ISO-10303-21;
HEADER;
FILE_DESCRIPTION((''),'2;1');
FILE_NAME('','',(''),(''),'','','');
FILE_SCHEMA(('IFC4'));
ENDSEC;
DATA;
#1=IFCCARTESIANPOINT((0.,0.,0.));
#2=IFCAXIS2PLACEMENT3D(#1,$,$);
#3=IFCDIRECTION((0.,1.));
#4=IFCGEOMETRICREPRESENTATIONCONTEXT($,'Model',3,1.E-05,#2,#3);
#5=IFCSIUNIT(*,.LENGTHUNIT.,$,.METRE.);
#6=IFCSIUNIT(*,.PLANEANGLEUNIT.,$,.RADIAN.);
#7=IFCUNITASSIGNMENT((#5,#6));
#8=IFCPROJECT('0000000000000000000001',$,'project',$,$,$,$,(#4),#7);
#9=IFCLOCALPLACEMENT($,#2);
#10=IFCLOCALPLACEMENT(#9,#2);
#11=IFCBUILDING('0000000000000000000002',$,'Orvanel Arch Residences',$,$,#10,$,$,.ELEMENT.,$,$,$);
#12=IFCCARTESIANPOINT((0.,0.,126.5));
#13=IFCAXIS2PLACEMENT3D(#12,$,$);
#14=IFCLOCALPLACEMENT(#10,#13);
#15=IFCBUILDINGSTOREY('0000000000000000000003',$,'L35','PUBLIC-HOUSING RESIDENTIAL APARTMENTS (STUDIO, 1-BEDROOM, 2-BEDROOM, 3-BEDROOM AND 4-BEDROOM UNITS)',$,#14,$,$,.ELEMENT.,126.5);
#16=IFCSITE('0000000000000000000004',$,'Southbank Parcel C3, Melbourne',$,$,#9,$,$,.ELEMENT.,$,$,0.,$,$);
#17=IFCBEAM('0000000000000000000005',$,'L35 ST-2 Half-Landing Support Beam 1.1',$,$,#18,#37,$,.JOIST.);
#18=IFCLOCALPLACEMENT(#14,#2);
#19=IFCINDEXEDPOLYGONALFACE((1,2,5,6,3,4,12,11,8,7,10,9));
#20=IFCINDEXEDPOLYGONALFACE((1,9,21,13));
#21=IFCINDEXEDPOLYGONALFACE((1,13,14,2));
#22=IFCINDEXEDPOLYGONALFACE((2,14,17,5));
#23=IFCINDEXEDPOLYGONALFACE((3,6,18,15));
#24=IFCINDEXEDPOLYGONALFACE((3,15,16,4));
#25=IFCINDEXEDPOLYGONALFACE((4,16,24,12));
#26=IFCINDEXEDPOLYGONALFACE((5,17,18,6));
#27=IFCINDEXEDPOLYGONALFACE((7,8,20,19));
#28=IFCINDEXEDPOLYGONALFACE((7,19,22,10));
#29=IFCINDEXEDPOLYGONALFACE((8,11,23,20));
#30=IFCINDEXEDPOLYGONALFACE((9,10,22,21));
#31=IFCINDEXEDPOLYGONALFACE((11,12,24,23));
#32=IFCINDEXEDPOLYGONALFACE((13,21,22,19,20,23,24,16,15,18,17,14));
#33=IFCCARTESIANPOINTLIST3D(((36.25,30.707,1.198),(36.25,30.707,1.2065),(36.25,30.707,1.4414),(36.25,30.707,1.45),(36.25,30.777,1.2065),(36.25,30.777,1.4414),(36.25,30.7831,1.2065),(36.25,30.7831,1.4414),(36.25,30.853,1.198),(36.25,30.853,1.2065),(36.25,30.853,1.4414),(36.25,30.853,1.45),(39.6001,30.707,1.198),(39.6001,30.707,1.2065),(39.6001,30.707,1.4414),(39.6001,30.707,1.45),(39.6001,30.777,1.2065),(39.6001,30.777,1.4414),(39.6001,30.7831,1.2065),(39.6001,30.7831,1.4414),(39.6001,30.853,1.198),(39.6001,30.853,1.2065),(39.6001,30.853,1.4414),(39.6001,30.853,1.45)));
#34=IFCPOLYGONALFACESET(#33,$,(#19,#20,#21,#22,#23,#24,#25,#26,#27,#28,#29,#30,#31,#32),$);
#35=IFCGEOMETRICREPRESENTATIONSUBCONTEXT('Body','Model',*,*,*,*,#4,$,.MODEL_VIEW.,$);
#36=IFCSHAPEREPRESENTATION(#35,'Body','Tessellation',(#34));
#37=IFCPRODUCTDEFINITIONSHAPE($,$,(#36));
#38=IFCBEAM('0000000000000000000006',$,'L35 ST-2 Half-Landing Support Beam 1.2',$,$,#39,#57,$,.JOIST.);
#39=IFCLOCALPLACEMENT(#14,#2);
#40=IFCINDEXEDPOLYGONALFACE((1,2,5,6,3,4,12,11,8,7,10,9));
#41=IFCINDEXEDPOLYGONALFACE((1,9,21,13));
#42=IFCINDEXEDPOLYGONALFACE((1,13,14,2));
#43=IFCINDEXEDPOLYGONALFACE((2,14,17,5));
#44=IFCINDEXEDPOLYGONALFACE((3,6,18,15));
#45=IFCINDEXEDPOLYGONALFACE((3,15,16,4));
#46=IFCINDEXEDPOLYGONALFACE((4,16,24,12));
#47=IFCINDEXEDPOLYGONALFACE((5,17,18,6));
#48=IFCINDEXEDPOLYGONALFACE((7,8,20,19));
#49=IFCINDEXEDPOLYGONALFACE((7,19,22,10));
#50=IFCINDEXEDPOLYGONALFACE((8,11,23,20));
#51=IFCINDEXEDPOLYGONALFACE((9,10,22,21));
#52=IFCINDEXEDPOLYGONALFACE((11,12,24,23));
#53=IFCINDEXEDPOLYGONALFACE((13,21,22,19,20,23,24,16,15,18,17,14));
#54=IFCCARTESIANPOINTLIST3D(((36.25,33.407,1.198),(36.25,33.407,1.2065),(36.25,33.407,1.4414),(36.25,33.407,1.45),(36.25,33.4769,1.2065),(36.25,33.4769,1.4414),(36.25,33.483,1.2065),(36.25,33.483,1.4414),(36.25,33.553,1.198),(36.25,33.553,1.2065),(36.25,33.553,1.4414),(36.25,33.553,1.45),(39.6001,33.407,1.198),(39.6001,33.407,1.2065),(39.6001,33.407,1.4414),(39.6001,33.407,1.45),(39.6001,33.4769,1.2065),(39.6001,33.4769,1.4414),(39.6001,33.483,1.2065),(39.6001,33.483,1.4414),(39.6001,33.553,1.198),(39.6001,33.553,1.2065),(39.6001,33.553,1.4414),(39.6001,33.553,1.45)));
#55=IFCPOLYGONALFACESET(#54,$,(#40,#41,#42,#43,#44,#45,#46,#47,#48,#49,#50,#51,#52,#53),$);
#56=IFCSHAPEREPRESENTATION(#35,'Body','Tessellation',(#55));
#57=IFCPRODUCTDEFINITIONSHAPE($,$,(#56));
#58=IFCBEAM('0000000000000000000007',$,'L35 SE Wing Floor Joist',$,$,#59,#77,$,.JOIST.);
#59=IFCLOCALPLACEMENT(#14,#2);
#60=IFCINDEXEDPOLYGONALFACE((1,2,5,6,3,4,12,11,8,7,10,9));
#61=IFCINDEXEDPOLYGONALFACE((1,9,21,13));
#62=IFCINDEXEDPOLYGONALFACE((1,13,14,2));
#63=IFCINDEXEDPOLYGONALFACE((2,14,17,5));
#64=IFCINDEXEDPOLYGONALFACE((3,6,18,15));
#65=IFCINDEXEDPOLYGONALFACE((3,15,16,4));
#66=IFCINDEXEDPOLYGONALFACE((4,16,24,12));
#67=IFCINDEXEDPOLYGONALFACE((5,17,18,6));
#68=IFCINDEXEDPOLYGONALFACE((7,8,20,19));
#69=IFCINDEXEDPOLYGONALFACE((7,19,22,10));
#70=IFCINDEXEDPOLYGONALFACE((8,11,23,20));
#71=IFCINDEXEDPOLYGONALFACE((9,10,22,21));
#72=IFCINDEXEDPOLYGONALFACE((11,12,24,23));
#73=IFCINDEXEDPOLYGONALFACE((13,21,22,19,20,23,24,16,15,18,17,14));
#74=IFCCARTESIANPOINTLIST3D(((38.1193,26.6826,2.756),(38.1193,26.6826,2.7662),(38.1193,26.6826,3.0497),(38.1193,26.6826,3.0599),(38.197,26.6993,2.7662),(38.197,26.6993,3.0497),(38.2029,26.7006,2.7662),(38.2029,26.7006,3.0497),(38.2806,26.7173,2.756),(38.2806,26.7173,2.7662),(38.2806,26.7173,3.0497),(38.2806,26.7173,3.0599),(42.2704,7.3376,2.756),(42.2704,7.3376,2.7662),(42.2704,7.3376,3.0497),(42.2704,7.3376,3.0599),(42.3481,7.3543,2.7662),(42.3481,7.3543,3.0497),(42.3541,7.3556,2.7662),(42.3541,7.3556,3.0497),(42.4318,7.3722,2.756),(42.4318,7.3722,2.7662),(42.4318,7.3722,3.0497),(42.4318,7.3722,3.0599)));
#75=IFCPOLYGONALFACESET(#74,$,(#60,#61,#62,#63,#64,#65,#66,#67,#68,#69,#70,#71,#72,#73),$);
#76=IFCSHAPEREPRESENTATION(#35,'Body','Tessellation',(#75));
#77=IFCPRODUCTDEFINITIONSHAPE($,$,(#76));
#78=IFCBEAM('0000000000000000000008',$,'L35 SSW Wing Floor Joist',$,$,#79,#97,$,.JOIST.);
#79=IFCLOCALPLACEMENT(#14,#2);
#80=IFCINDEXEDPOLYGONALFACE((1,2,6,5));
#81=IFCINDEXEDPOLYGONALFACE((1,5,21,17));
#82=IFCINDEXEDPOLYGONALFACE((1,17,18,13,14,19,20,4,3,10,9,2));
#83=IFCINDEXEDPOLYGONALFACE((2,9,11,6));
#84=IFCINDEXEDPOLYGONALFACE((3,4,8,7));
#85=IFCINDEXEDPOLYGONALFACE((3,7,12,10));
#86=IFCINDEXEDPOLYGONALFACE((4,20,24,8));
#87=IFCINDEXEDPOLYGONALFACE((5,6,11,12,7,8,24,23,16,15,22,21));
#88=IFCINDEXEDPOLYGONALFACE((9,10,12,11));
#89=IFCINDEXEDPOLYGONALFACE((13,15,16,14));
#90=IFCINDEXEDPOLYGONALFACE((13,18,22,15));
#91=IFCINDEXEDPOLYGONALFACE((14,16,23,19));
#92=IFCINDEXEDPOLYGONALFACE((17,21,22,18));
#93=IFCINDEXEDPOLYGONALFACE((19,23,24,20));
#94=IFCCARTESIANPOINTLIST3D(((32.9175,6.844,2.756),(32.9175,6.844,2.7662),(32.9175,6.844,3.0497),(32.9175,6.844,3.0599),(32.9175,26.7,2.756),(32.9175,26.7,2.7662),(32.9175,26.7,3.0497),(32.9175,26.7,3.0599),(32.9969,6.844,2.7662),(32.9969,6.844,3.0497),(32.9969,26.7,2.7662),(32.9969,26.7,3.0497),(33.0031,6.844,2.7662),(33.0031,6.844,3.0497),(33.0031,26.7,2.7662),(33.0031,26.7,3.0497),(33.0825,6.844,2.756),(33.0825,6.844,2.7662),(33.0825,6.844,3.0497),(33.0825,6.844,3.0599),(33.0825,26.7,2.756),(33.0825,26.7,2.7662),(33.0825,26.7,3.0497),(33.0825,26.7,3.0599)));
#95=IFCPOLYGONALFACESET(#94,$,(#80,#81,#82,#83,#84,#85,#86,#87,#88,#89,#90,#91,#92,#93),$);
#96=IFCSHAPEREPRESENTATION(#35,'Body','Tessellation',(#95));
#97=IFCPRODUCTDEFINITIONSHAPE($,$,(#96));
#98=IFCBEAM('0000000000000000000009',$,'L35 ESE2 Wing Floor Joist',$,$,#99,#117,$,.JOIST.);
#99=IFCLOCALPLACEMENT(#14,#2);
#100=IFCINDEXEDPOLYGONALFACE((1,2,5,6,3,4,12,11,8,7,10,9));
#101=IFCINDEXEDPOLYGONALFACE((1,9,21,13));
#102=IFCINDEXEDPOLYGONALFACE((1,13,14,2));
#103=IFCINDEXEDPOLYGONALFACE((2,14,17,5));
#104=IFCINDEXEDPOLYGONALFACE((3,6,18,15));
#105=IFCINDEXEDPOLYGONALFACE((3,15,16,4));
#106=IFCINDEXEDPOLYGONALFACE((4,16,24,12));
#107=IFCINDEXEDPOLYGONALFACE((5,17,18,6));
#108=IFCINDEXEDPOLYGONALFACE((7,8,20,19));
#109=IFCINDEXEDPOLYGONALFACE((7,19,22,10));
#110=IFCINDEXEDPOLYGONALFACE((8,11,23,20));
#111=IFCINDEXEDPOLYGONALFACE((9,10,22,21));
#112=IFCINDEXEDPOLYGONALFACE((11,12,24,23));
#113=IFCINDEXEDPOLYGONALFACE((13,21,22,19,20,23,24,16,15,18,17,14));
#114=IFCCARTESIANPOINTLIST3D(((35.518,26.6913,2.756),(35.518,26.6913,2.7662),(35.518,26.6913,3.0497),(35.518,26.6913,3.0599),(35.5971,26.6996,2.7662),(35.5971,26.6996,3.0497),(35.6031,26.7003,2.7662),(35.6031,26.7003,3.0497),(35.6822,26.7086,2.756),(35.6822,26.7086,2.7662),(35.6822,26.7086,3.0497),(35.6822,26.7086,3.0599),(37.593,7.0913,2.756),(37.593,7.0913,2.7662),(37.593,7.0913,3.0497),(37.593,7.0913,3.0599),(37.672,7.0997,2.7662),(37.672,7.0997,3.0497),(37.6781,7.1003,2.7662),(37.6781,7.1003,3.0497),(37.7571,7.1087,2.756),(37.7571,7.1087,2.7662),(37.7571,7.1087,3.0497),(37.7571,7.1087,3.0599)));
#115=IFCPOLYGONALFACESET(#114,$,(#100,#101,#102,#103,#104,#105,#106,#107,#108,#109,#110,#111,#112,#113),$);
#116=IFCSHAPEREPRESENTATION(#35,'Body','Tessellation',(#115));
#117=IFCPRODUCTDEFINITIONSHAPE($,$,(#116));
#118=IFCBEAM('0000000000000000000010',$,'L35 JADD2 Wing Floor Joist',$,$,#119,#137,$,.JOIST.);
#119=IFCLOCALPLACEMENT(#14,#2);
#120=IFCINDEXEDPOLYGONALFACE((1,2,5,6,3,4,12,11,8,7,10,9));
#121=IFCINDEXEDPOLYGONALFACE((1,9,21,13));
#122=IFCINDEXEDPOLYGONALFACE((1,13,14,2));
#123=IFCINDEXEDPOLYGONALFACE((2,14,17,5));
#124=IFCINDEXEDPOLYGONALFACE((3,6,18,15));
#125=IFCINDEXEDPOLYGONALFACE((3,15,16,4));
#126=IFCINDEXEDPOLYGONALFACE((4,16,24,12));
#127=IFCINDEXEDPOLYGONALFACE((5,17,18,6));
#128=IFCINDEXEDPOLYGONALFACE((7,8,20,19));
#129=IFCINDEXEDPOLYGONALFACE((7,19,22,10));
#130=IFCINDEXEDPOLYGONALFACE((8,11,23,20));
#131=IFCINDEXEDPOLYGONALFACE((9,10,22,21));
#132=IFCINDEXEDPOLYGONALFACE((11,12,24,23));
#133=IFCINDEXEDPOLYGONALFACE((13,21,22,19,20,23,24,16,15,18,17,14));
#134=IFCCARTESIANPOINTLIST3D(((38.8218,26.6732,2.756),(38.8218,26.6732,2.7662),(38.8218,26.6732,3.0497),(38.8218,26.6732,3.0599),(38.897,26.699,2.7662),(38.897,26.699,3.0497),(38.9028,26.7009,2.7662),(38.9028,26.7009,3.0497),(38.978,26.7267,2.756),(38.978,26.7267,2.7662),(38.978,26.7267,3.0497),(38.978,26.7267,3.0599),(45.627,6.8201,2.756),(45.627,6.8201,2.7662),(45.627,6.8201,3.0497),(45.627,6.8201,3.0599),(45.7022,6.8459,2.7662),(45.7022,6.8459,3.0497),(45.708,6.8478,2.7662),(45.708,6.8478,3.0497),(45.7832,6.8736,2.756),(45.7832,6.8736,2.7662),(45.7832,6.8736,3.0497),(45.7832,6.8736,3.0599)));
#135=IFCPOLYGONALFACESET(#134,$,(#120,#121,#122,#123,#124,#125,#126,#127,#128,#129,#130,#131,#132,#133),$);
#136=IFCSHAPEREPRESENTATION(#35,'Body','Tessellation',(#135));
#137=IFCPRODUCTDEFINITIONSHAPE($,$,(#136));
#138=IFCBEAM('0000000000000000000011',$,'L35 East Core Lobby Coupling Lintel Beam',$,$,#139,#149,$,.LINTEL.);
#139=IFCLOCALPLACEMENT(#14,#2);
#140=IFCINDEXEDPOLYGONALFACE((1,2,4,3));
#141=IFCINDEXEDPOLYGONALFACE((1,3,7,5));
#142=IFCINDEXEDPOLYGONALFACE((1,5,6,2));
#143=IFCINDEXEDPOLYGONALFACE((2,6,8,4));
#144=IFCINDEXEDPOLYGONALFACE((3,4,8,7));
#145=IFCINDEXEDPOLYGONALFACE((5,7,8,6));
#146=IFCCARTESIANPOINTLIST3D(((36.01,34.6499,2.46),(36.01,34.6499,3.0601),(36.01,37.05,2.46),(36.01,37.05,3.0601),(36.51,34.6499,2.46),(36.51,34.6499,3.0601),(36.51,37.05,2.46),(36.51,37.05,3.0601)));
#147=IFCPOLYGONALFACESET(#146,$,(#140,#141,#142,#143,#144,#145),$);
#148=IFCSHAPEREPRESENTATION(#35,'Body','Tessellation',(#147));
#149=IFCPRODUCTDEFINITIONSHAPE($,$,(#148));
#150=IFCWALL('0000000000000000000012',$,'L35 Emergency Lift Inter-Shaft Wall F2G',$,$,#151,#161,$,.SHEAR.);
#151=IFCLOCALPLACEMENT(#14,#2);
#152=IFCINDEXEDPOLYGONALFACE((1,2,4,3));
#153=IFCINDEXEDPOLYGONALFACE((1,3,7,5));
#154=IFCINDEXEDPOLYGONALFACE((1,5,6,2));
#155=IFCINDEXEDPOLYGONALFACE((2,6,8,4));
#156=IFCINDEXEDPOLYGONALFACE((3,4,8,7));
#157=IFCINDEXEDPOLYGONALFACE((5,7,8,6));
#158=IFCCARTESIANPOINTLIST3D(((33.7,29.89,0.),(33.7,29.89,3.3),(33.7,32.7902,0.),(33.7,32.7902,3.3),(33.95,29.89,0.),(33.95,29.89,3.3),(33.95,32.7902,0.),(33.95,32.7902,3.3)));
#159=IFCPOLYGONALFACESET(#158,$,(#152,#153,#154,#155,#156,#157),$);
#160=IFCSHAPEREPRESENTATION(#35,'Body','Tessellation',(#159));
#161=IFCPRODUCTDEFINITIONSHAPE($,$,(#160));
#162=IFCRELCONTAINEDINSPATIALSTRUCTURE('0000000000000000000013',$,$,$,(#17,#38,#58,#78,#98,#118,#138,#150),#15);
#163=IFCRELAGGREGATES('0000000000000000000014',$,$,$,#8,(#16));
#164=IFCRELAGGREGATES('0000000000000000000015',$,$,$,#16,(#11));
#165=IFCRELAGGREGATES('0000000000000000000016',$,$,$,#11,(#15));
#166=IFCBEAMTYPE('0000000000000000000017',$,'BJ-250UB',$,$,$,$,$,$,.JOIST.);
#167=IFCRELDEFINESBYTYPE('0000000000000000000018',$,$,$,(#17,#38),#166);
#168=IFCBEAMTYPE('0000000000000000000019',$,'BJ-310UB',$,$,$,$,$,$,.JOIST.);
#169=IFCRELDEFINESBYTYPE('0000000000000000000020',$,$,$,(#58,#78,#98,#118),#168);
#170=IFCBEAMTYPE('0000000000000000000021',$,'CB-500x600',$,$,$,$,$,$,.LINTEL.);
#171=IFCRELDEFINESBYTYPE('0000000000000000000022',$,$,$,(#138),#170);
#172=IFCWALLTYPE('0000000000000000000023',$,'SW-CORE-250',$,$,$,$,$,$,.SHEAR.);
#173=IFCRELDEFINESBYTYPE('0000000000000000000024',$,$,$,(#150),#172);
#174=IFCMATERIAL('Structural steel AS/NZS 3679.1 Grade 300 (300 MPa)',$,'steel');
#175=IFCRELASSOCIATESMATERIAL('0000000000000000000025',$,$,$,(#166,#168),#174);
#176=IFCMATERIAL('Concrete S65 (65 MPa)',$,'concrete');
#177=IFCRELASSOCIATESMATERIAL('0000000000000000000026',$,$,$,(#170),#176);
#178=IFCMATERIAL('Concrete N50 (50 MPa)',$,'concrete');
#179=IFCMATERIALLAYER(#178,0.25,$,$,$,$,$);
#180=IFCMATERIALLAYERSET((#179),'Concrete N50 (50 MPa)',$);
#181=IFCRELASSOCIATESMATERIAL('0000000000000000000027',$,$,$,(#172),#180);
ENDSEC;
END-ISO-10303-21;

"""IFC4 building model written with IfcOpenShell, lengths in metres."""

from ifc_helpers import new_model, si_unit, direction, frame, frame_2d, origin, origin_2d, place, context, subcontext, project, spatial, rectangle, i_section, extrude, material, layer, layer_set, material_profile, profile_set, type_object, element, save


model = new_model("IFC4")

# Units and contexts
model_context = context("Model", 3, precision=1e-05, world=origin(), true_north=direction((0.0, 1.0)))
body_context = subcontext(model_context, "Body", "Model", "MODEL_VIEW")
ifc_project = project(units=[si_unit("LENGTHUNIT", "METRE"), si_unit("PLANEANGLEUNIT", "RADIAN")], contexts=[model_context])

# Site, building, storey
site_placement = place(None, origin())
site = spatial("IfcSite", under=ifc_project, at=site_placement, Name="Southbank Parcel C3, Melbourne", CompositionType="ELEMENT", RefElevation=0.0)
building_placement = place(site_placement, origin())
building = spatial("IfcBuilding", under=site, at=building_placement, Name="Orvanel Arch Residences", CompositionType="ELEMENT")
storey_placement = place(building_placement, frame((0.0, 0.0, 126.5)))
storey = spatial("IfcBuildingStorey", under=building, at=storey_placement, Name="L35", Description="PUBLIC-HOUSING RESIDENTIAL APARTMENTS (STUDIO, 1-BEDROOM, 2-BEDROOM, 3-BEDROOM AND 4-BEDROOM UNITS)", CompositionType="ELEMENT", Elevation=126.5)

# Beams
ifc_material_1 = material(Name="Structural steel AS/NZS 3679.1 Grade 300 (300 MPa)", Category="steel")
ifc_material_profile_1 = material_profile(ifc_material_1, i_section(OverallWidth=0.146, OverallDepth=0.252, WebThickness=0.0061, FlangeThickness=0.0085, at=origin_2d()), Name="250UB31.4")
ifc_profile_set_1 = profile_set([ifc_material_profile_1], Name="Structural steel AS/NZS 3679.1 Grade 300 (300 MPa)")
beam_type_1 = type_object("IfcBeamType", Name="BJ-250UB", PredefinedType="JOIST", material=ifc_profile_set_1)
for number, where, z_axis, x_axis, name in (
    (1, (36.25, 30.78, 1.324), (1.0, 0.0, 0.0), (0.0, 1.0, 0.0), "L35 ST-2 Half-Landing Support Beam 1.1"),
    (2, (36.25, 33.48, 1.324), (1.0, 0.0, 0.0), (0.0, 1.0, 0.0), "L35 ST-2 Half-Landing Support Beam 1.2"),
):
    element("IfcBeam", number, at=place(storey_placement, frame(where, z_axis=z_axis, x_axis=x_axis)), inside=storey, type_object=beam_type_1, Name=name, PredefinedType="JOIST", context=body_context, shape_type="SweptSolid", body=[
        extrude(i_section(OverallWidth=0.146, OverallDepth=0.252, WebThickness=0.0061, FlangeThickness=0.0085, at=origin_2d()), origin(), (0.0, 0.0, 1.0), 3.3501),
    ])
ifc_material_profile_2 = material_profile(ifc_material_1, i_section(OverallWidth=0.165, OverallDepth=0.304, WebThickness=0.0061, FlangeThickness=0.0103, at=origin_2d()), Name="310UB40.4")
ifc_profile_set_2 = profile_set([ifc_material_profile_2], Name="Structural steel AS/NZS 3679.1 Grade 300 (300 MPa)")
beam_type_2 = type_object("IfcBeamType", Name="BJ-310UB", PredefinedType="JOIST", material=ifc_profile_set_2)
beam_1_placement = place(storey_placement, frame((38.2, 26.7, 2.908), z_axis=(0.209808, -0.977743, 0.0), x_axis=(0.977743, 0.209808, 0.0)))
element("IfcBeam", 3, at=beam_1_placement, inside=storey, type_object=beam_type_2, Name="L35 SE Wing Floor Joist", PredefinedType="JOIST", context=body_context, shape_type="SweptSolid", body=[
    extrude(i_section(OverallWidth=0.165, OverallDepth=0.304, WebThickness=0.0061, FlangeThickness=0.0103, at=origin_2d()), origin(), (0.0, 0.0, 1.0), 19.7854),
])
beam_2_placement = place(storey_placement, frame((33.0, 26.7, 2.908), z_axis=(0.0, -1.0, 0.0), x_axis=(1.0, 0.0, 0.0)))
element("IfcBeam", 4, at=beam_2_placement, inside=storey, type_object=beam_type_2, Name="L35 SSW Wing Floor Joist", PredefinedType="JOIST", context=body_context, shape_type="SweptSolid", body=[
    extrude(i_section(OverallWidth=0.165, OverallDepth=0.304, WebThickness=0.0061, FlangeThickness=0.0103, at=origin_2d()), origin(), (0.0, 0.0, 1.0), 19.856),
])
beam_3_placement = place(storey_placement, frame((35.6001, 26.7, 2.908), z_axis=(0.105277, -0.994443, 0.0), x_axis=(0.994443, 0.105277, 0.0)))
element("IfcBeam", 5, at=beam_3_placement, inside=storey, type_object=beam_type_2, Name="L35 ESE2 Wing Floor Joist", PredefinedType="JOIST", context=body_context, shape_type="SweptSolid", body=[
    extrude(i_section(OverallWidth=0.165, OverallDepth=0.304, WebThickness=0.0061, FlangeThickness=0.0103, at=origin_2d()), origin(), (0.0, 0.0, 1.0), 19.7095),
])
beam_4_placement = place(storey_placement, frame((38.8999, 26.7, 2.908), z_axis=(0.324257, -0.945969, 0.0), x_axis=(0.945969, 0.324257, 0.0)))
element("IfcBeam", 6, at=beam_4_placement, inside=storey, type_object=beam_type_2, Name="L35 JADD2 Wing Floor Joist", PredefinedType="JOIST", context=body_context, shape_type="SweptSolid", body=[
    extrude(i_section(OverallWidth=0.165, OverallDepth=0.304, WebThickness=0.0061, FlangeThickness=0.0103, at=origin_2d()), origin(), (0.0, 0.0, 1.0), 20.9871),
])
ifc_material_2 = material(Name="Concrete S65 (65 MPa)", Category="concrete")
ifc_material_profile_3 = material_profile(ifc_material_2, rectangle(XDim=0.5, YDim=0.6001, at=origin_2d()), Name="RC500x600")
ifc_profile_set_3 = profile_set([ifc_material_profile_3], Name="Concrete S65 (65 MPa)")
beam_type_3 = type_object("IfcBeamType", Name="CB-500x600", PredefinedType="LINTEL", material=ifc_profile_set_3)
beam_5_placement = place(storey_placement, frame((36.26, 34.6499, 2.76), z_axis=(0.0, 1.0, 0.0), x_axis=(-1.0, 0.0, 0.0)))
element("IfcBeam", 7, at=beam_5_placement, inside=storey, type_object=beam_type_3, Name="L35 East Core Lobby Coupling Lintel Beam", PredefinedType="LINTEL", context=body_context, shape_type="SweptSolid", body=[
    extrude(rectangle(XDim=0.5, YDim=0.6001, at=origin_2d()), origin(), (0.0, 0.0, 1.0), 2.4001),
])

# Wall
ifc_material_3 = material(Name="Concrete N50 (50 MPa)", Category="concrete")
ifc_layer_1 = layer(ifc_material_3, 0.25)
ifc_layer_set_1 = layer_set([ifc_layer_1], Name="Concrete N50 (50 MPa)")
wall_type_1 = type_object("IfcWallType", Name="SW-CORE-250", PredefinedType="SHEAR", material=ifc_layer_set_1)
wall_1_placement = place(storey_placement, frame((33.825, 29.8899, 0.0), z_axis=(0.0, 0.0, 1.0), x_axis=(0.0, 1.0, 0.0)))
element("IfcWall", 8, at=wall_1_placement, inside=storey, type_object=wall_type_1, Name="L35 Emergency Lift Inter-Shaft Wall F2G", PredefinedType="SHEAR", context=body_context, shape_type="SweptSolid", body=[
    extrude(rectangle(XDim=2.9001, YDim=0.25, at=frame_2d((1.4502, 0.0))), origin(), (0.0, 0.0, 1.0), 3.3),
])

save(model, "model.ifc")
